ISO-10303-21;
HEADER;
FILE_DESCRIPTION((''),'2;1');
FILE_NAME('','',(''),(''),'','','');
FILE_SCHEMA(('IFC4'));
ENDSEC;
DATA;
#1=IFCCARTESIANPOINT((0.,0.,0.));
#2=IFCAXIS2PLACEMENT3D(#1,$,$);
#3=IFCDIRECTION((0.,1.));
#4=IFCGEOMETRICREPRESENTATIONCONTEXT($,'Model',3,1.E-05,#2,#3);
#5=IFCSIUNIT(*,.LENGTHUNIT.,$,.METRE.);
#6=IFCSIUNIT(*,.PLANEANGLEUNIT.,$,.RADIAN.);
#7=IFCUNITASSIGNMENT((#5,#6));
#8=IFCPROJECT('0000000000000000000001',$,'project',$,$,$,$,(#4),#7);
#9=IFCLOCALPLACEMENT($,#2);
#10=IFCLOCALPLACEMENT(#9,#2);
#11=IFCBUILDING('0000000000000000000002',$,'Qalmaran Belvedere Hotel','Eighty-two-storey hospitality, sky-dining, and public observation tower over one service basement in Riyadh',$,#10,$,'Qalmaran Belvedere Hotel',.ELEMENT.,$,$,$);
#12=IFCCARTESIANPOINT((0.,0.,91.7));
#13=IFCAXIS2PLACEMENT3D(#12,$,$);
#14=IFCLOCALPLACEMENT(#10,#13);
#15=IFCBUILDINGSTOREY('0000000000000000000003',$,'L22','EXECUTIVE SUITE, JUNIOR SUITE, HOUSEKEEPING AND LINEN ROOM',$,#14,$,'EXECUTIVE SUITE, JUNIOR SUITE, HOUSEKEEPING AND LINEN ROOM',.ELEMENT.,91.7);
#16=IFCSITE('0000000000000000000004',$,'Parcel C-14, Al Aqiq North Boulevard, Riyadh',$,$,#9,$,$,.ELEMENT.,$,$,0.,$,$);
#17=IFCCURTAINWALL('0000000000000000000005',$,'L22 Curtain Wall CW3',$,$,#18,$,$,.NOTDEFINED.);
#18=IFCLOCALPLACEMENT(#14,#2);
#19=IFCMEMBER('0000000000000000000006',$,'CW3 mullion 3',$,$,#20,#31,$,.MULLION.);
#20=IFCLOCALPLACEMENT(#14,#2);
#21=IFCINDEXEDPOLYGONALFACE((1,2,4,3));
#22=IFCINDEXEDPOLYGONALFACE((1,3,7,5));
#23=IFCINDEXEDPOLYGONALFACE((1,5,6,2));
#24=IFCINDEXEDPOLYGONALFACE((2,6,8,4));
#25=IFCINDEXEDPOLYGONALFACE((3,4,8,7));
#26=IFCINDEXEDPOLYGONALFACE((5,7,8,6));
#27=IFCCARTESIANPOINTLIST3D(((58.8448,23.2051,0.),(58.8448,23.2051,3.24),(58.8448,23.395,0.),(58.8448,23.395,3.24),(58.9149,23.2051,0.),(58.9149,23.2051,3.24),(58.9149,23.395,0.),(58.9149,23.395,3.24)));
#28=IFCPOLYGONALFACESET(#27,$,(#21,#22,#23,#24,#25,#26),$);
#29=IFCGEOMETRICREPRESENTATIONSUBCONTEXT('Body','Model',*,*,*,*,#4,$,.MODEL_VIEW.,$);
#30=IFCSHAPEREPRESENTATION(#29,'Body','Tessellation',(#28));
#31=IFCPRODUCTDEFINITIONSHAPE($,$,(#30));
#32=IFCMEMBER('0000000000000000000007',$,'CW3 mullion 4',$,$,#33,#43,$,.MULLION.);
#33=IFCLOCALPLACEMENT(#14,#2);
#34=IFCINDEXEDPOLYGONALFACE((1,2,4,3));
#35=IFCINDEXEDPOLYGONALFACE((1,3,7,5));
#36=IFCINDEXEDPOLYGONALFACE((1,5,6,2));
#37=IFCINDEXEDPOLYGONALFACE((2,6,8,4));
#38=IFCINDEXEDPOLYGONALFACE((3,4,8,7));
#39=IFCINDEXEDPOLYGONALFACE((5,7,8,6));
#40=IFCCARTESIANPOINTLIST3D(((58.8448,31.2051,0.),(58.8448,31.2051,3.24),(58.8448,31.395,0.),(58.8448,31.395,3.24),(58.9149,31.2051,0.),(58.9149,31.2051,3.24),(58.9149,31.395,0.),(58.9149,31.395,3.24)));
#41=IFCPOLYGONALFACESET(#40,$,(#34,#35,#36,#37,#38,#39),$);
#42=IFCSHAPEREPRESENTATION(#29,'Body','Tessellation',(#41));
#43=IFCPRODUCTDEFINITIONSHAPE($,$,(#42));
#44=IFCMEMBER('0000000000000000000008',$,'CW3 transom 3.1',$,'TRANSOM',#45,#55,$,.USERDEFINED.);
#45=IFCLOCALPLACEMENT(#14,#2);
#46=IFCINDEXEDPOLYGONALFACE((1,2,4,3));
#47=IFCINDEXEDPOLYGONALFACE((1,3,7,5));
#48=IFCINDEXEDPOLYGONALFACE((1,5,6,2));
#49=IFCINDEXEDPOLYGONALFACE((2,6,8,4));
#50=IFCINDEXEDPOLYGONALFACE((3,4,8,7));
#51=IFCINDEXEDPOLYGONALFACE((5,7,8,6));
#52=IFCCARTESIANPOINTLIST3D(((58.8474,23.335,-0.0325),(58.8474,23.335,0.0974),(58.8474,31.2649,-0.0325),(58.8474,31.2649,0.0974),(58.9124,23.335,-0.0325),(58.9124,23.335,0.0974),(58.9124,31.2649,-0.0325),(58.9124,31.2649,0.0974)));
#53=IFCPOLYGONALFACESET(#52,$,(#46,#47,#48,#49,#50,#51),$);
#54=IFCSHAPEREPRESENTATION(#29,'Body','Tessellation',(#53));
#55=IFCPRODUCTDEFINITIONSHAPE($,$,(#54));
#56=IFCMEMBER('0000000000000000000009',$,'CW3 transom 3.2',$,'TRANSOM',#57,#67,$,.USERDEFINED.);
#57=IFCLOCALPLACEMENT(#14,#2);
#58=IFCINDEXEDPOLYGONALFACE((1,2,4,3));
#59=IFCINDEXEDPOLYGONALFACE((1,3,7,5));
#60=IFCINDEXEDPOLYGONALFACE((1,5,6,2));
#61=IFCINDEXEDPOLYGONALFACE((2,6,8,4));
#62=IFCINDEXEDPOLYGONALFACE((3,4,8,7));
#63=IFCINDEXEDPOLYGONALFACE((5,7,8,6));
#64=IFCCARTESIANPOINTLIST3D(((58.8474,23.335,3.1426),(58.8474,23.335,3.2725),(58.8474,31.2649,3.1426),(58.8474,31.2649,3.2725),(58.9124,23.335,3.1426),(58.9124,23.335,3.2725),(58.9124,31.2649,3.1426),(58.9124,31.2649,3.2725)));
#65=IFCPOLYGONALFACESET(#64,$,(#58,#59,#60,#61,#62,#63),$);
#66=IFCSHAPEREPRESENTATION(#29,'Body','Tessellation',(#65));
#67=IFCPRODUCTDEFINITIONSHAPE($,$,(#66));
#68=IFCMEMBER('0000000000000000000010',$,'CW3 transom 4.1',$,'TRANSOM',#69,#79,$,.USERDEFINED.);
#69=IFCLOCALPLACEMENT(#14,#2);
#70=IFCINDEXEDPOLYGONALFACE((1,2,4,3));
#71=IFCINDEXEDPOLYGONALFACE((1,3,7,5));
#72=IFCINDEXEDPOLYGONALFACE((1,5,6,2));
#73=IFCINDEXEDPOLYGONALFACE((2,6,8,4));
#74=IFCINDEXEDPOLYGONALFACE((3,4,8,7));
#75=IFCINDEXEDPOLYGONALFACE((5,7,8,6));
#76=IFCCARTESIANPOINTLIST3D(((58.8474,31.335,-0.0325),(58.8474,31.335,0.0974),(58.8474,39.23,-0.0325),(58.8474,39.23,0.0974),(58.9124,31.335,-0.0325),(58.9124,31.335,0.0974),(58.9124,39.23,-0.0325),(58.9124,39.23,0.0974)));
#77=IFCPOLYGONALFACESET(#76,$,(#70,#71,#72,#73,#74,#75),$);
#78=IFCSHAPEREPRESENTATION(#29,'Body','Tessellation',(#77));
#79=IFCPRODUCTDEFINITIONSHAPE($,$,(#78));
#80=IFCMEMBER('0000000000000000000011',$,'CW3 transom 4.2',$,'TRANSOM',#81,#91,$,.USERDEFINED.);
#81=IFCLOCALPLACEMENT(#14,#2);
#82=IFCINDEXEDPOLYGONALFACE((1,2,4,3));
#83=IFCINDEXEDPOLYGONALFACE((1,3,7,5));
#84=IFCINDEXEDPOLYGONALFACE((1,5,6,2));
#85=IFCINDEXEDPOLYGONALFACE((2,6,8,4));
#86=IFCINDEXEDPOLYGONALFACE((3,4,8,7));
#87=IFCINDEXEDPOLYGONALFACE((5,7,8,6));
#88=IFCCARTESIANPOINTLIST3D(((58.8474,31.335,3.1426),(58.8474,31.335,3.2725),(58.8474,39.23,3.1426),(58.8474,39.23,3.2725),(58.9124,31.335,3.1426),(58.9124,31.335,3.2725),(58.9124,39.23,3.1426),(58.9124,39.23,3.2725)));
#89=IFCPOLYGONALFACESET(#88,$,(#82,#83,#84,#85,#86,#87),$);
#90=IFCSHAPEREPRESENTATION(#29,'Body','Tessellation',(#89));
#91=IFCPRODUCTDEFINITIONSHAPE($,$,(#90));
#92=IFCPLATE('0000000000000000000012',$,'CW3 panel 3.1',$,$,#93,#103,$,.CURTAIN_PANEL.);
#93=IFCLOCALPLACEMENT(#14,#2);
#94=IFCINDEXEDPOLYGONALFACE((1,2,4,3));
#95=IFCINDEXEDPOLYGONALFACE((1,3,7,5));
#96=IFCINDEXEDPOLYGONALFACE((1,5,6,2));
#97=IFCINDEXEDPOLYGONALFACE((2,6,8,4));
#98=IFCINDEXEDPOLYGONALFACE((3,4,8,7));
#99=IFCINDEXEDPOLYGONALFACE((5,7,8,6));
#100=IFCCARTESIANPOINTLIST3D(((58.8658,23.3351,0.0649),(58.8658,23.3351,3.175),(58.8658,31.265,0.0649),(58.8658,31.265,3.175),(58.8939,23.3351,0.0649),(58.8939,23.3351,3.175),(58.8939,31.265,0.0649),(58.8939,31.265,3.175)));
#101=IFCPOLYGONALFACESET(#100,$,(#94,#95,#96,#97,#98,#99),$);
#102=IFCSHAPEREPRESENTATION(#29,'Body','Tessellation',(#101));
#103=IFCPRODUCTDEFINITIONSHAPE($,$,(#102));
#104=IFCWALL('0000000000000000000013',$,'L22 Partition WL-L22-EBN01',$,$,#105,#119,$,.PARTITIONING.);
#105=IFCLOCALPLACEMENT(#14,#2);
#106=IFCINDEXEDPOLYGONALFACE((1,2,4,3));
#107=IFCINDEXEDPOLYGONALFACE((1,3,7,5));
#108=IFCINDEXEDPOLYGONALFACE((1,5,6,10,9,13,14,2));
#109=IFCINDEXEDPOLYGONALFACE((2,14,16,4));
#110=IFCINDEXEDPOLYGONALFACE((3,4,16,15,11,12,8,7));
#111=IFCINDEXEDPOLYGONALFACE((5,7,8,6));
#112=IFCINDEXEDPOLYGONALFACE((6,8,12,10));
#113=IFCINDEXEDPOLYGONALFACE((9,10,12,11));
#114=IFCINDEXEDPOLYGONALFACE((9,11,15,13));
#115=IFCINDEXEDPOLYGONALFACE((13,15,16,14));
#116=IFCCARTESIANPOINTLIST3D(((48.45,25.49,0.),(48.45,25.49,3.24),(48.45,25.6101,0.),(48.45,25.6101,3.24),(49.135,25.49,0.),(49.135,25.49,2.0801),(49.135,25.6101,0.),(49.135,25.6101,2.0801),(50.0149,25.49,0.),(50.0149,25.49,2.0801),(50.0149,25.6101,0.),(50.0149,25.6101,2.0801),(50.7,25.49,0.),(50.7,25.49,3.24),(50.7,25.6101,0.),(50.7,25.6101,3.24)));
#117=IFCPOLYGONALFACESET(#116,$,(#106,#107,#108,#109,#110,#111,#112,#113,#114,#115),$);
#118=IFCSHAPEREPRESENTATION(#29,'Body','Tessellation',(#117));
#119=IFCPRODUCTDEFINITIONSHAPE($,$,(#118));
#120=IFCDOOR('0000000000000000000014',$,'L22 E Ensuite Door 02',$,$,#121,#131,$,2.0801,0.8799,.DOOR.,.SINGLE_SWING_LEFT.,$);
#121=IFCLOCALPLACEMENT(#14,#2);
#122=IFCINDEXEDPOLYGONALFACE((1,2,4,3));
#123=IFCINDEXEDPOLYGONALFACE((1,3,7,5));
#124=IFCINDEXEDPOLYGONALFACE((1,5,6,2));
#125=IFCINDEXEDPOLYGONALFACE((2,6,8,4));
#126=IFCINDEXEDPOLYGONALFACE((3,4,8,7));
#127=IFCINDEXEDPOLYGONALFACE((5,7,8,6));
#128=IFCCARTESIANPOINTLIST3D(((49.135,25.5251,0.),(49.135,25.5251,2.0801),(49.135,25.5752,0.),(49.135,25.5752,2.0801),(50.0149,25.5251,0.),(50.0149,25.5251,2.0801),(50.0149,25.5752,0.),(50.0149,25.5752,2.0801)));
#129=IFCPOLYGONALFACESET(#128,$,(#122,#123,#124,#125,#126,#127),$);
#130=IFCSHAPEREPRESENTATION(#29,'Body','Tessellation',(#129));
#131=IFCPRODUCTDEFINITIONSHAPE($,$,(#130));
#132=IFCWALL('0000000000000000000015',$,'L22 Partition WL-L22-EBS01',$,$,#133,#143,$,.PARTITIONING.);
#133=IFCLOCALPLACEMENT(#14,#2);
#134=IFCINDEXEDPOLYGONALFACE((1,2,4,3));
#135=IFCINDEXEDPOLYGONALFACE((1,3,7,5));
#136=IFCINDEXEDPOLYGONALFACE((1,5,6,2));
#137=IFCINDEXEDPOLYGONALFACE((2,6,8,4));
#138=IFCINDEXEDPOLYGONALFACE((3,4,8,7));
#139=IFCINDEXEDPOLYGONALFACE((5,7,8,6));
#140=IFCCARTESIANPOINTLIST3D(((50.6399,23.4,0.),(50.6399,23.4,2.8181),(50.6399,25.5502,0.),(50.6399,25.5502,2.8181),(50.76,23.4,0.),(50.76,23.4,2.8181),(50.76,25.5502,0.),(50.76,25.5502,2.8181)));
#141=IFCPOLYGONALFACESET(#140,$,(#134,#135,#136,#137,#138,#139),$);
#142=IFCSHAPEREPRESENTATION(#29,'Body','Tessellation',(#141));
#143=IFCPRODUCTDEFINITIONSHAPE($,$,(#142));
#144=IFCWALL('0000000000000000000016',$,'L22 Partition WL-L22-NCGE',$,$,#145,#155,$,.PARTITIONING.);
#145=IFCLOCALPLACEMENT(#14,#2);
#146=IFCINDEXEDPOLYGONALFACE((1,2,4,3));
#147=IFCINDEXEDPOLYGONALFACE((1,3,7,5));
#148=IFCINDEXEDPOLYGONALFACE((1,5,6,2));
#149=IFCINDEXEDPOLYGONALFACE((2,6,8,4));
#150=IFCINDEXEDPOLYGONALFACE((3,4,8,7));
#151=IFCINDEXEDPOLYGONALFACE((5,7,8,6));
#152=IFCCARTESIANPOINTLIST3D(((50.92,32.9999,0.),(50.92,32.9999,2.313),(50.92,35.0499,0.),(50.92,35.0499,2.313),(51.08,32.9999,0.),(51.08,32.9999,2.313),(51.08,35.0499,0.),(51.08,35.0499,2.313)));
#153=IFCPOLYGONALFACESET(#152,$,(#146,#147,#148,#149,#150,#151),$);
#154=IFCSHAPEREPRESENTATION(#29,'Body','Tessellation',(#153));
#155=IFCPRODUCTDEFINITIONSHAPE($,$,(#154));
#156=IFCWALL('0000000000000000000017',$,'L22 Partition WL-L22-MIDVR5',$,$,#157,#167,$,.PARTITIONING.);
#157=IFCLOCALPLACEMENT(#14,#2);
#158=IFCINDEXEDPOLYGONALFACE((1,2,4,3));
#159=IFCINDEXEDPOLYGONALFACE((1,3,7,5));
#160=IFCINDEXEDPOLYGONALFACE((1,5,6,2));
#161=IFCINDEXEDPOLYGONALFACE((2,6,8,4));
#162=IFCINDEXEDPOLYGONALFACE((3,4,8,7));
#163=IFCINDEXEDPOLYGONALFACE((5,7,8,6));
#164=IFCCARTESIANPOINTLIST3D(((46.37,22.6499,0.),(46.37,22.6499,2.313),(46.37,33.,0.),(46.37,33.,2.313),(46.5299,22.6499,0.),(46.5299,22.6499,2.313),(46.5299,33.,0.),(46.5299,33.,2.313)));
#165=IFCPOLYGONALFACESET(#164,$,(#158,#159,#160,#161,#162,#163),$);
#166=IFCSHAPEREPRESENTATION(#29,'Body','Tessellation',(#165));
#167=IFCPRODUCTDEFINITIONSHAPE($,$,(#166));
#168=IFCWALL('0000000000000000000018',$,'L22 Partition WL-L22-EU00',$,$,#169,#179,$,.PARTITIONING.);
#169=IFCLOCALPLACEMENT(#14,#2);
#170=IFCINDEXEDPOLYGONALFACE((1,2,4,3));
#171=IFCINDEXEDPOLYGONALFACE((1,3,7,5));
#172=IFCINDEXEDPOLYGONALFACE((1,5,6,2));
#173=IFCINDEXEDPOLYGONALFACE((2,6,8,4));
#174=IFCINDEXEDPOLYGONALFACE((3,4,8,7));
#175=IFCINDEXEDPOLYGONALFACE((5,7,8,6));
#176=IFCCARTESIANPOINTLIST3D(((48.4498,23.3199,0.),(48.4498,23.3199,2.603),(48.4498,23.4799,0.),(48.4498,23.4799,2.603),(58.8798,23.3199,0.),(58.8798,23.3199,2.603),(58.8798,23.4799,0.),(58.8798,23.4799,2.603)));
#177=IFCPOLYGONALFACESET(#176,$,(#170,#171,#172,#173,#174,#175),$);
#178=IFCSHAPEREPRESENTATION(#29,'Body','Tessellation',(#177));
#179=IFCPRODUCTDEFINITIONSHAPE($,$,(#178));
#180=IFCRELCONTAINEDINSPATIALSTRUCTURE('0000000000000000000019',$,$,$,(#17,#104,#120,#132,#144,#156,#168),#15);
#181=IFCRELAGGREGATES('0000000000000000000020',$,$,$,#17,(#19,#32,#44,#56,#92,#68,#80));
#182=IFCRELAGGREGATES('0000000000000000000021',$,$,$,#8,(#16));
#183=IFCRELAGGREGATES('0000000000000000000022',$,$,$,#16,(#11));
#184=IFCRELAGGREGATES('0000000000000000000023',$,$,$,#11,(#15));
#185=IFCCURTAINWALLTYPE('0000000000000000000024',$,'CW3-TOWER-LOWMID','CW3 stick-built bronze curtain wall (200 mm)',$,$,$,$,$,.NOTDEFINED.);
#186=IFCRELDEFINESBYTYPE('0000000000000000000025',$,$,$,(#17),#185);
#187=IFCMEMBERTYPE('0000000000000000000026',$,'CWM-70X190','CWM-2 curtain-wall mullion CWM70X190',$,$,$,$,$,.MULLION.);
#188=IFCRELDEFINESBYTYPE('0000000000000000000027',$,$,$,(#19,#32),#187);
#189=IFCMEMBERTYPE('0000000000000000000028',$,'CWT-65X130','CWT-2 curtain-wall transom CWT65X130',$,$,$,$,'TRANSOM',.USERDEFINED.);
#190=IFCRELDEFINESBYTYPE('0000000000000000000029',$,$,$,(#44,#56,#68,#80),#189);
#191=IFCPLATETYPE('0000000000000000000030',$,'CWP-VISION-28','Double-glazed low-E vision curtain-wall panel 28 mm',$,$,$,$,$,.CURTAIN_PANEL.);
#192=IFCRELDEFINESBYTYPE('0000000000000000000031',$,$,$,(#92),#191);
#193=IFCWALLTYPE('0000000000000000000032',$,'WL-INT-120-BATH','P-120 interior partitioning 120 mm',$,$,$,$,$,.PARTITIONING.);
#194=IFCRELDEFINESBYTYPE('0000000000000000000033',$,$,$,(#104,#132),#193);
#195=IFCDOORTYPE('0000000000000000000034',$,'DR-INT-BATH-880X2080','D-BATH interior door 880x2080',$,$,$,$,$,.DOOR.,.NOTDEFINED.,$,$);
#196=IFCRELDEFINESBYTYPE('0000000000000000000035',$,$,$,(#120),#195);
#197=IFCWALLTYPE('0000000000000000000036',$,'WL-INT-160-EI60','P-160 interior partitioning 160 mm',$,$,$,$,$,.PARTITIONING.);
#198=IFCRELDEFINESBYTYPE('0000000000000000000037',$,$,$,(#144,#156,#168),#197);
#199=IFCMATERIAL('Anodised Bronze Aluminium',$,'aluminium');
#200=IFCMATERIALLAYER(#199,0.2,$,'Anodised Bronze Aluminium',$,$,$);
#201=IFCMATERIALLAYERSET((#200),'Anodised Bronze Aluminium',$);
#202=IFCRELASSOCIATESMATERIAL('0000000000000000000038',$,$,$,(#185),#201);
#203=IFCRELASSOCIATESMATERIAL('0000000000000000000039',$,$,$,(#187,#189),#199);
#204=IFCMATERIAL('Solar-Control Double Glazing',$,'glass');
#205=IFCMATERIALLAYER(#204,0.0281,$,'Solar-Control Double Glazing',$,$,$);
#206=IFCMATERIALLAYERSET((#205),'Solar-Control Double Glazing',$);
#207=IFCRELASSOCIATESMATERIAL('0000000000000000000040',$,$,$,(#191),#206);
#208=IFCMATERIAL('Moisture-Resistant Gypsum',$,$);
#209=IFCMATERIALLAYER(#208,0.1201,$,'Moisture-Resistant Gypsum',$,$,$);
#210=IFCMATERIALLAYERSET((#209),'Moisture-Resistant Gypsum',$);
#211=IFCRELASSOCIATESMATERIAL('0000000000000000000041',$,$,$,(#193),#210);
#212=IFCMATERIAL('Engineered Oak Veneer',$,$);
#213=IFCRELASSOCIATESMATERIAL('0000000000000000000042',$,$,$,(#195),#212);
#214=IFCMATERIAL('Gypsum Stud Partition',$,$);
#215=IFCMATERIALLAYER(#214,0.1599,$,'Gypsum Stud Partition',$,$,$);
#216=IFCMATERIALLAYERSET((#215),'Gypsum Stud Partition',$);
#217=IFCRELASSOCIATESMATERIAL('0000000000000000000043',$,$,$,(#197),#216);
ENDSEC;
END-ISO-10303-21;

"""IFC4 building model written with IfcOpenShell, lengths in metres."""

from ifc_helpers import new_model, si_unit, direction, frame, frame_2d, origin, origin_2d, place, context, subcontext, project, spatial, rectangle, extrude, material, layer, layer_set, material_profile, profile_set, type_object, element, fill, aggregate, save


model = new_model("IFC4")

# Units and contexts
model_context = context("Model", 3, precision=1e-05, world=origin(), true_north=direction((0.0, 1.0)))
body_context = subcontext(model_context, "Body", "Model", "MODEL_VIEW")
ifc_project = project(units=[si_unit("LENGTHUNIT", "METRE"), si_unit("PLANEANGLEUNIT", "RADIAN")], contexts=[model_context])

# Site, building, storey
site_placement = place(None, origin())
site = spatial("IfcSite", under=ifc_project, at=site_placement, Name="Parcel C-14, Al Aqiq North Boulevard, Riyadh", CompositionType="ELEMENT", RefElevation=0.0)
building_placement = place(site_placement, origin())
building = spatial("IfcBuilding", under=site, at=building_placement, Name="Qalmaran Belvedere Hotel", Description="Eighty-two-storey hospitality, sky-dining, and public observation tower over one service basement in Riyadh", LongName="Qalmaran Belvedere Hotel", CompositionType="ELEMENT")
storey_placement = place(building_placement, frame((0.0, 0.0, 91.7)))
storey = spatial("IfcBuildingStorey", under=building, at=storey_placement, Name="L22", Description="EXECUTIVE SUITE, JUNIOR SUITE, HOUSEKEEPING AND LINEN ROOM", LongName="EXECUTIVE SUITE, JUNIOR SUITE, HOUSEKEEPING AND LINEN ROOM", CompositionType="ELEMENT", Elevation=91.7)

# Curtain wall, members, plate
ifc_material_1 = material(Name="Anodised Bronze Aluminium", Category="aluminium")
ifc_layer_1 = layer(ifc_material_1, 0.2, Name="Anodised Bronze Aluminium")
ifc_layer_set_1 = layer_set([ifc_layer_1], Name="Anodised Bronze Aluminium")
curtain_wall_type = type_object("IfcCurtainWallType", Name="CW3-TOWER-LOWMID", Description="CW3 stick-built bronze curtain wall (200 mm)", PredefinedType="NOTDEFINED", material=ifc_layer_set_1)
curtain_wall_placement = place(storey_placement, origin())
curtain_wall = element("IfcCurtainWall", 1, at=curtain_wall_placement, inside=storey, type_object=curtain_wall_type, Name="L22 Curtain Wall CW3", PredefinedType="NOTDEFINED")
ifc_material_profile_1 = material_profile(ifc_material_1, rectangle(XDim=0.0701, YDim=0.1899, at=origin_2d()), Name="CWM70X190")
ifc_profile_set_1 = profile_set([ifc_material_profile_1], Name="Anodised Bronze Aluminium")
member_type_1 = type_object("IfcMemberType", Name="CWM-70X190", Description="CWM-2 curtain-wall mullion CWM70X190", PredefinedType="MULLION", material=ifc_profile_set_1)
member_1_placement = place(storey_placement, frame((58.8799, 23.3, 0.0), z_axis=(0.0, 0.0, 1.0), x_axis=(-1.0, 0.0, 0.0)))
member_1 = element("IfcMember", 2, at=member_1_placement, type_object=member_type_1, Name="CW3 mullion 3", PredefinedType="MULLION", context=body_context, shape_type="SweptSolid", body=[
    extrude(rectangle(XDim=0.0701, YDim=0.1899, at=origin_2d()), origin(), (0.0, 0.0, 1.0), 3.24),
])
member_2_placement = place(storey_placement, frame((58.8799, 31.3, 0.0), z_axis=(0.0, 0.0, 1.0), x_axis=(-1.0, 0.0, 0.0)))
member_2 = element("IfcMember", 3, at=member_2_placement, type_object=member_type_1, Name="CW3 mullion 4", PredefinedType="MULLION", context=body_context, shape_type="SweptSolid", body=[
    extrude(rectangle(XDim=0.0701, YDim=0.1899, at=origin_2d()), origin(), (0.0, 0.0, 1.0), 3.24),
])
ifc_material_profile_2 = material_profile(ifc_material_1, rectangle(XDim=0.0649, YDim=0.1299, at=origin_2d()), Name="CWT65X130")
ifc_profile_set_2 = profile_set([ifc_material_profile_2], Name="Anodised Bronze Aluminium")
member_type_2 = type_object("IfcMemberType", Name="CWT-65X130", Description="CWT-2 curtain-wall transom CWT65X130", ElementType="TRANSOM", PredefinedType="USERDEFINED", material=ifc_profile_set_2)
member_3_placement = place(storey_placement, frame((58.8799, 23.335, 0.0325), z_axis=(0.0, 1.0, 0.0), x_axis=(-1.0, 0.0, 0.0)))
member_3 = element("IfcMember", 4, at=member_3_placement, type_object=member_type_2, Name="CW3 transom 3.1", ObjectType="TRANSOM", PredefinedType="USERDEFINED", context=body_context, shape_type="SweptSolid", body=[
    extrude(rectangle(XDim=0.0649, YDim=0.1299, at=origin_2d()), origin(), (0.0, 0.0, 1.0), 7.9299),
])
member_4_placement = place(storey_placement, frame((58.8799, 23.335, 3.2075), z_axis=(0.0, 1.0, 0.0), x_axis=(-1.0, 0.0, 0.0)))
member_4 = element("IfcMember", 5, at=member_4_placement, type_object=member_type_2, Name="CW3 transom 3.2", ObjectType="TRANSOM", PredefinedType="USERDEFINED", context=body_context, shape_type="SweptSolid", body=[
    extrude(rectangle(XDim=0.0649, YDim=0.1299, at=origin_2d()), origin(), (0.0, 0.0, 1.0), 7.9299),
])
member_5_placement = place(storey_placement, frame((58.8799, 31.335, 0.0325), z_axis=(0.0, 1.0, 0.0), x_axis=(-1.0, 0.0, 0.0)))
member_5 = element("IfcMember", 6, at=member_5_placement, type_object=member_type_2, Name="CW3 transom 4.1", ObjectType="TRANSOM", PredefinedType="USERDEFINED", context=body_context, shape_type="SweptSolid", body=[
    extrude(rectangle(XDim=0.0649, YDim=0.1299, at=origin_2d()), origin(), (0.0, 0.0, 1.0), 7.895),
])
member_6_placement = place(storey_placement, frame((58.8799, 31.335, 3.2075), z_axis=(0.0, 1.0, 0.0), x_axis=(-1.0, 0.0, 0.0)))
member_6 = element("IfcMember", 7, at=member_6_placement, type_object=member_type_2, Name="CW3 transom 4.2", ObjectType="TRANSOM", PredefinedType="USERDEFINED", context=body_context, shape_type="SweptSolid", body=[
    extrude(rectangle(XDim=0.0649, YDim=0.1299, at=origin_2d()), origin(), (0.0, 0.0, 1.0), 7.895),
])
ifc_material_2 = material(Name="Solar-Control Double Glazing", Category="glass")
ifc_layer_2 = layer(ifc_material_2, 0.0281, Name="Solar-Control Double Glazing")
ifc_layer_set_2 = layer_set([ifc_layer_2], Name="Solar-Control Double Glazing")
plate_type = type_object("IfcPlateType", Name="CWP-VISION-28", Description="Double-glazed low-E vision curtain-wall panel 28 mm", PredefinedType="CURTAIN_PANEL", material=ifc_layer_set_2)
plate_placement = place(storey_placement, frame((58.8799, 27.3, 0.0649), z_axis=(0.0, 0.0, 1.0), x_axis=(0.0, 1.0, 0.0)))
plate = element("IfcPlate", 8, at=plate_placement, type_object=plate_type, Name="CW3 panel 3.1", PredefinedType="CURTAIN_PANEL", context=body_context, shape_type="SweptSolid", body=[
    extrude(rectangle(XDim=7.9299, YDim=0.0281, at=origin_2d()), origin(), (0.0, 0.0, 1.0), 3.1101),
])
aggregate(curtain_wall, [member_1, member_2, member_3, member_4, plate, member_5, member_6])

# Wall, opening, door
ifc_material_3 = material(Name="Moisture-Resistant Gypsum")
ifc_layer_3 = layer(ifc_material_3, 0.1201, Name="Moisture-Resistant Gypsum")
ifc_layer_set_3 = layer_set([ifc_layer_3], Name="Moisture-Resistant Gypsum")
wall_type_1 = type_object("IfcWallType", Name="WL-INT-120-BATH", Description="P-120 interior partitioning 120 mm", PredefinedType="PARTITIONING", material=ifc_layer_set_3)
wall_1_placement = place(storey_placement, frame((48.45, 25.55, 0.0), z_axis=(0.0, 0.0, 1.0), x_axis=(1.0, 0.0, 0.0)))
wall_1 = element("IfcWall", 9, at=wall_1_placement, inside=storey, type_object=wall_type_1, Name="L22 Partition WL-L22-EBN01", PredefinedType="PARTITIONING", context=body_context, shape_type="SweptSolid", body=[
    extrude(rectangle(XDim=2.25, YDim=0.1201, at=frame_2d((1.125, 0.0))), origin(), (0.0, 0.0, 1.0), 3.24),
])
opening_1_placement = place(wall_1_placement, frame((1.5649, 0.0, 0.0), z_axis=(0.0, 0.0, 1.0), x_axis=(-1.0, 0.0, 0.0)))
opening_1 = element("IfcOpeningElement", 10, at=opening_1_placement, cuts=wall_1, PredefinedType="OPENING", context=body_context, shape_type="SweptSolid", body=[
    extrude(rectangle(XDim=0.8799, YDim=2.0801, at=frame_2d((0.4399, 1.04))), frame((0.0, 0.0701, 0.0), z_axis=(0.0, -1.0, 0.0), x_axis=(1.0, 0.0, 0.0)), (0.0, 0.0, 1.0), 0.1401),
])
ifc_material_4 = material(Name="Engineered Oak Veneer")
door_type_1 = type_object("IfcDoorType", Name="DR-INT-BATH-880X2080", Description="D-BATH interior door 880x2080", OperationType="NOTDEFINED", PredefinedType="DOOR", material=ifc_material_4)
door_1_placement = place(opening_1_placement, origin())
door_1 = element("IfcDoor", 11, at=door_1_placement, inside=storey, type_object=door_type_1, Name="L22 E Ensuite Door 02", OperationType="SINGLE_SWING_LEFT", OverallHeight=2.0801, OverallWidth=0.8799, PredefinedType="DOOR", context=body_context, shape_type="SweptSolid", body=[
    extrude(rectangle(XDim=0.8799, YDim=2.0801, at=frame_2d((0.4399, 1.04))), frame((0.0, 0.0249, 0.0), z_axis=(0.0, -1.0, 0.0), x_axis=(1.0, 0.0, 0.0)), (0.0, 0.0, 1.0), 0.05),
])
fill(opening_1, door_1)

# Wall
wall_2_placement = place(storey_placement, frame((50.7, 23.3999, 0.0), z_axis=(0.0, 0.0, 1.0), x_axis=(0.0, 1.0, 0.0)))
element("IfcWall", 12, at=wall_2_placement, inside=storey, type_object=wall_type_1, Name="L22 Partition WL-L22-EBS01", PredefinedType="PARTITIONING", context=body_context, shape_type="SweptSolid", body=[
    extrude(rectangle(XDim=2.1501, YDim=0.1201, at=frame_2d((1.0752, 0.0))), origin(), (0.0, 0.0, 1.0), 2.8181),
])

# Shared definitions
ifc_material_5 = material(Name="Gypsum Stud Partition")

# Walls
ifc_layer_4 = layer(ifc_material_5, 0.1599, Name="Gypsum Stud Partition")
ifc_layer_set_4 = layer_set([ifc_layer_4], Name="Gypsum Stud Partition")
wall_type_2 = type_object("IfcWallType", Name="WL-INT-160-EI60", Description="P-160 interior partitioning 160 mm", PredefinedType="PARTITIONING", material=ifc_layer_set_4)
wall_3_placement = place(storey_placement, frame((51.0, 33.0, 0.0), z_axis=(0.0, 0.0, 1.0), x_axis=(0.0, 1.0, 0.0)))
element("IfcWall", 13, at=wall_3_placement, inside=storey, type_object=wall_type_2, Name="L22 Partition WL-L22-NCGE", PredefinedType="PARTITIONING", context=body_context, shape_type="SweptSolid", body=[
    extrude(rectangle(XDim=2.05, YDim=0.1599, at=frame_2d((1.0249, 0.0))), origin(), (0.0, 0.0, 1.0), 2.313),
])
wall_4_placement = place(storey_placement, frame((46.45, 22.6499, 0.0), z_axis=(0.0, 0.0, 1.0), x_axis=(0.0, 1.0, 0.0)))
element("IfcWall", 14, at=wall_4_placement, inside=storey, type_object=wall_type_2, Name="L22 Partition WL-L22-MIDVR5", PredefinedType="PARTITIONING", context=body_context, shape_type="SweptSolid", body=[
    extrude(rectangle(XDim=10.3501, YDim=0.1599, at=frame_2d((5.175, 0.0))), origin(), (0.0, 0.0, 1.0), 2.313),
])
wall_5_placement = place(storey_placement, frame((48.45, 23.3999, 0.0), z_axis=(0.0, 0.0, 1.0), x_axis=(1.0, 0.0, 0.0)))
element("IfcWall", 15, at=wall_5_placement, inside=storey, type_object=wall_type_2, Name="L22 Partition WL-L22-EU00", PredefinedType="PARTITIONING", context=body_context, shape_type="SweptSolid", body=[
    extrude(rectangle(XDim=10.4299, YDim=0.1599, at=frame_2d((5.2148, 0.0))), origin(), (0.0, 0.0, 1.0), 2.603),
])

save(model, "model.ifc")
